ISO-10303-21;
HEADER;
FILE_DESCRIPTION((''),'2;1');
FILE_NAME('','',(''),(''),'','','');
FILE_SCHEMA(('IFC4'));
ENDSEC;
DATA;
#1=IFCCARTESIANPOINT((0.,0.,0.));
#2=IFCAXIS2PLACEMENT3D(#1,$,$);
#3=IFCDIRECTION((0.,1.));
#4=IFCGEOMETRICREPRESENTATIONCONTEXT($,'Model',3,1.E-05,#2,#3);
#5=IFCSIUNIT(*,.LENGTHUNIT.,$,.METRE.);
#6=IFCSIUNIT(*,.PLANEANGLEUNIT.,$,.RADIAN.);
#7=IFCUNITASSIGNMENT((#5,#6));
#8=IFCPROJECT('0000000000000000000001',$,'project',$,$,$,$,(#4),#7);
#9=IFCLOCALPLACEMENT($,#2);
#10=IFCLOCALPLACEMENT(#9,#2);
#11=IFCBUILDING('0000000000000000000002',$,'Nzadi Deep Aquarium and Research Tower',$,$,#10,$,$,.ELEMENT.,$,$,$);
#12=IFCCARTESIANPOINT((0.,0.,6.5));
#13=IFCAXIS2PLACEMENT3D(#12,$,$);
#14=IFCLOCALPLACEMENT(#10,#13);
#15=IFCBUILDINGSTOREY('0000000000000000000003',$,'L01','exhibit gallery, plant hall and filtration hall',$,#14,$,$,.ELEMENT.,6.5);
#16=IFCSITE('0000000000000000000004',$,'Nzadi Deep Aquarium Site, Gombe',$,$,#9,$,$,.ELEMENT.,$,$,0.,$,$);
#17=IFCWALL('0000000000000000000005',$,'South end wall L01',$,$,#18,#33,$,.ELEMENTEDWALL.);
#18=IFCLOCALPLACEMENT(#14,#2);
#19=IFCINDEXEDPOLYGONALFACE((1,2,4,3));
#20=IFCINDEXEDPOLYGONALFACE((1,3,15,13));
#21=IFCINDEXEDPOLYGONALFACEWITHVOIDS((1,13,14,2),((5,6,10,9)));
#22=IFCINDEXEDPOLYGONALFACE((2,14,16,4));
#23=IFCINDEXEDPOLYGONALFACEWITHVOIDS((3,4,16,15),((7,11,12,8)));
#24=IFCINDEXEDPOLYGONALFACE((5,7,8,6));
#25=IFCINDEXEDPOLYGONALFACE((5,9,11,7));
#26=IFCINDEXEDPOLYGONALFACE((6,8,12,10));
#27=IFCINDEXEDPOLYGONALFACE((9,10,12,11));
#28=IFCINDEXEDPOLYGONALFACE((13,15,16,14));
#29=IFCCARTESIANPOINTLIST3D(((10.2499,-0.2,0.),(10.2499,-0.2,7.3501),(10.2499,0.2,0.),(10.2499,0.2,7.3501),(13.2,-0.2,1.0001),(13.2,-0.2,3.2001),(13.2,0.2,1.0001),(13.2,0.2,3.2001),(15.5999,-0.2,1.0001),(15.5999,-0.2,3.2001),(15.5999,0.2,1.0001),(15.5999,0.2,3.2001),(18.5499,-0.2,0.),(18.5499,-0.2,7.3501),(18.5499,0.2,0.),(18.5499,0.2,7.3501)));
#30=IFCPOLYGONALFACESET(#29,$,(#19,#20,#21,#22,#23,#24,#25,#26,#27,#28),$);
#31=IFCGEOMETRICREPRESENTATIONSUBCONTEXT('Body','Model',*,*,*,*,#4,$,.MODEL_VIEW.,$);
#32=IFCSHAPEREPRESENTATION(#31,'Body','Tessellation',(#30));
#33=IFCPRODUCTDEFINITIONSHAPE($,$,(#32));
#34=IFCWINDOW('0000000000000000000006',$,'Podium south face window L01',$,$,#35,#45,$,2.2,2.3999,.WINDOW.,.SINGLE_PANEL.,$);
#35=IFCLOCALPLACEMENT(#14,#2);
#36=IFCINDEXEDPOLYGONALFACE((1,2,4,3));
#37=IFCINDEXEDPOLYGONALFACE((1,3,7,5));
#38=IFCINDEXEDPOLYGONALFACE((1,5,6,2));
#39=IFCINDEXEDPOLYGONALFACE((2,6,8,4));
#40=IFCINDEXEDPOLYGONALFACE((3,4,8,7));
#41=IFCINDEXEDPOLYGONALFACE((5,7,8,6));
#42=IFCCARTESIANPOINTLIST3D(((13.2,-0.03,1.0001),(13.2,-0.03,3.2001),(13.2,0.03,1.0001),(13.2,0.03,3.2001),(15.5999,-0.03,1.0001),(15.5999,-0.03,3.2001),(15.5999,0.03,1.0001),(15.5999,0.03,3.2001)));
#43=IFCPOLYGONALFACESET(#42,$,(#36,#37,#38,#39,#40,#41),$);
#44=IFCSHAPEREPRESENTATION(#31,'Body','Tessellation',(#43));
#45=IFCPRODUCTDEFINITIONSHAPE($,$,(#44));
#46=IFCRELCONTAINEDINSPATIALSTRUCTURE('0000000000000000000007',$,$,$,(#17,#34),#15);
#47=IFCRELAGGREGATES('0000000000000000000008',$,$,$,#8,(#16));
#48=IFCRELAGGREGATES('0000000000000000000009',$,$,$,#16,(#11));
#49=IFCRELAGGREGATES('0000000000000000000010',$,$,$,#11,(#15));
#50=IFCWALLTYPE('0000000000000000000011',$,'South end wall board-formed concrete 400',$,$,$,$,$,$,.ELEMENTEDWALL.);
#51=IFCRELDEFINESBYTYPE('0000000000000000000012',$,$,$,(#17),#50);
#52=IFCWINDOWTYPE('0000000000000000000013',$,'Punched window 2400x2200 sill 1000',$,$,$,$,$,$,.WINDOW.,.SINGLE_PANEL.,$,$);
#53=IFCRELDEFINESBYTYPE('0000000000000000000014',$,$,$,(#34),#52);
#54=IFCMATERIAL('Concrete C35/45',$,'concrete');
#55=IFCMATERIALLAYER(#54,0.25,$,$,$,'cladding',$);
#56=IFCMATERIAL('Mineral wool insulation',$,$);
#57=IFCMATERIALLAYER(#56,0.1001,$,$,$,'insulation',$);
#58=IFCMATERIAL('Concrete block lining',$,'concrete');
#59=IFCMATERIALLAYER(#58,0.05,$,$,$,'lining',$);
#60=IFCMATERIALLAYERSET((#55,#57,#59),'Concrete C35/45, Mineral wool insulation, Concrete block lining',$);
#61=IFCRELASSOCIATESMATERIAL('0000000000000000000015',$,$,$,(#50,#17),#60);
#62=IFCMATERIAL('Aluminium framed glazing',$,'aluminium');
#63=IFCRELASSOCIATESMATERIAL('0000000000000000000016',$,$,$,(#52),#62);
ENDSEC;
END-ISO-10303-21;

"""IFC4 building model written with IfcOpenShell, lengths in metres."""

from ifc_helpers import new_model, si_unit, direction, frame, frame_2d, origin, place, context, subcontext, project, spatial, rectangle, extrude, material, layer, layer_set, layer_usage, type_object, element, fill, save


model = new_model("IFC4")

# Units and contexts
model_context = context("Model", 3, precision=1e-05, world=origin(), true_north=direction((0.0, 1.0)))
body_context = subcontext(model_context, "Body", "Model", "MODEL_VIEW")
ifc_project = project(units=[si_unit("LENGTHUNIT", "METRE"), si_unit("PLANEANGLEUNIT", "RADIAN")], contexts=[model_context])

# Site, building, storey
site_placement = place(None, origin())
site = spatial("IfcSite", under=ifc_project, at=site_placement, Name="Nzadi Deep Aquarium Site, Gombe", CompositionType="ELEMENT", RefElevation=0.0)
building_placement = place(site_placement, origin())
building = spatial("IfcBuilding", under=site, at=building_placement, Name="Nzadi Deep Aquarium and Research Tower", CompositionType="ELEMENT")
storey_placement = place(building_placement, frame((0.0, 0.0, 6.5)))
storey = spatial("IfcBuildingStorey", under=building, at=storey_placement, Name="L01", Description="exhibit gallery, plant hall and filtration hall", CompositionType="ELEMENT", Elevation=6.5)

# Wall, opening, window
ifc_material_1 = material(Name="Concrete C35/45", Category="concrete")
ifc_layer_1 = layer(ifc_material_1, 0.25, Category="cladding")
ifc_material_2 = material(Name="Mineral wool insulation")
ifc_layer_2 = layer(ifc_material_2, 0.1001, Category="insulation")
ifc_material_3 = material(Name="Concrete block lining", Category="concrete")
ifc_layer_3 = layer(ifc_material_3, 0.05, Category="lining")
ifc_layer_set_1 = layer_set([ifc_layer_1, ifc_layer_2, ifc_layer_3], Name="Concrete C35/45, Mineral wool insulation, Concrete block lining")
wall_type_1 = type_object("IfcWallType", Name="South end wall board-formed concrete 400", PredefinedType="ELEMENTEDWALL", material=ifc_layer_set_1)
ifc_material_4 = material(Name="Aluminium framed glazing", Category="aluminium")
window_type = type_object("IfcWindowType", Name="Punched window 2400x2200 sill 1000", PartitioningType="SINGLE_PANEL", PredefinedType="WINDOW", material=ifc_material_4)
ifc_layer_usage_1 = layer_usage(ifc_layer_set_1, "AXIS2", "POSITIVE", -0.2)
wall_1_placement = place(storey_placement, frame((10.25, 0.0, 0.0), z_axis=(0.0, 0.0, 1.0), x_axis=(1.0, 0.0, 0.0)))
wall_1 = element("IfcWall", 1, at=wall_1_placement, inside=storey, type_object=wall_type_1, material=ifc_layer_usage_1, Name="South end wall L01", PredefinedType="ELEMENTEDWALL", context=body_context, shape_type="SweptSolid", body=[
    extrude(rectangle(XDim=8.3, YDim=0.3999, at=frame_2d((4.1499, 0.0))), origin(), (0.0, 0.0, 1.0), 7.3501),
])
opening_1_placement = place(wall_1_placement, frame((2.95, 0.0, 1.0)))
opening_1 = element("IfcOpeningElement", 2, at=opening_1_placement, cuts=wall_1, PredefinedType="OPENING", context=body_context, shape_type="SweptSolid", body=[
    extrude(rectangle(XDim=2.3999, YDim=2.2, at=frame_2d((1.2, 1.1001))), frame((0.0, 0.21, 0.0), z_axis=(0.0, -1.0, 0.0), x_axis=(1.0, 0.0, 0.0)), (0.0, 0.0, 1.0), 0.4199),
])
window_1_placement = place(opening_1_placement, origin())
window_1 = element("IfcWindow", 3, at=window_1_placement, inside=storey, type_object=window_type, Name="Podium south face window L01", OverallHeight=2.2, OverallWidth=2.3999, PartitioningType="SINGLE_PANEL", PredefinedType="WINDOW", context=body_context, shape_type="SweptSolid", body=[
    extrude(rectangle(XDim=2.3999, YDim=2.2, at=frame_2d((1.2, 1.1001))), frame((0.0, 0.03, 0.0), z_axis=(0.0, -1.0, 0.0), x_axis=(1.0, 0.0, 0.0)), (0.0, 0.0, 1.0), 0.0601),
])
fill(opening_1, window_1)

save(model, "model.ifc")
